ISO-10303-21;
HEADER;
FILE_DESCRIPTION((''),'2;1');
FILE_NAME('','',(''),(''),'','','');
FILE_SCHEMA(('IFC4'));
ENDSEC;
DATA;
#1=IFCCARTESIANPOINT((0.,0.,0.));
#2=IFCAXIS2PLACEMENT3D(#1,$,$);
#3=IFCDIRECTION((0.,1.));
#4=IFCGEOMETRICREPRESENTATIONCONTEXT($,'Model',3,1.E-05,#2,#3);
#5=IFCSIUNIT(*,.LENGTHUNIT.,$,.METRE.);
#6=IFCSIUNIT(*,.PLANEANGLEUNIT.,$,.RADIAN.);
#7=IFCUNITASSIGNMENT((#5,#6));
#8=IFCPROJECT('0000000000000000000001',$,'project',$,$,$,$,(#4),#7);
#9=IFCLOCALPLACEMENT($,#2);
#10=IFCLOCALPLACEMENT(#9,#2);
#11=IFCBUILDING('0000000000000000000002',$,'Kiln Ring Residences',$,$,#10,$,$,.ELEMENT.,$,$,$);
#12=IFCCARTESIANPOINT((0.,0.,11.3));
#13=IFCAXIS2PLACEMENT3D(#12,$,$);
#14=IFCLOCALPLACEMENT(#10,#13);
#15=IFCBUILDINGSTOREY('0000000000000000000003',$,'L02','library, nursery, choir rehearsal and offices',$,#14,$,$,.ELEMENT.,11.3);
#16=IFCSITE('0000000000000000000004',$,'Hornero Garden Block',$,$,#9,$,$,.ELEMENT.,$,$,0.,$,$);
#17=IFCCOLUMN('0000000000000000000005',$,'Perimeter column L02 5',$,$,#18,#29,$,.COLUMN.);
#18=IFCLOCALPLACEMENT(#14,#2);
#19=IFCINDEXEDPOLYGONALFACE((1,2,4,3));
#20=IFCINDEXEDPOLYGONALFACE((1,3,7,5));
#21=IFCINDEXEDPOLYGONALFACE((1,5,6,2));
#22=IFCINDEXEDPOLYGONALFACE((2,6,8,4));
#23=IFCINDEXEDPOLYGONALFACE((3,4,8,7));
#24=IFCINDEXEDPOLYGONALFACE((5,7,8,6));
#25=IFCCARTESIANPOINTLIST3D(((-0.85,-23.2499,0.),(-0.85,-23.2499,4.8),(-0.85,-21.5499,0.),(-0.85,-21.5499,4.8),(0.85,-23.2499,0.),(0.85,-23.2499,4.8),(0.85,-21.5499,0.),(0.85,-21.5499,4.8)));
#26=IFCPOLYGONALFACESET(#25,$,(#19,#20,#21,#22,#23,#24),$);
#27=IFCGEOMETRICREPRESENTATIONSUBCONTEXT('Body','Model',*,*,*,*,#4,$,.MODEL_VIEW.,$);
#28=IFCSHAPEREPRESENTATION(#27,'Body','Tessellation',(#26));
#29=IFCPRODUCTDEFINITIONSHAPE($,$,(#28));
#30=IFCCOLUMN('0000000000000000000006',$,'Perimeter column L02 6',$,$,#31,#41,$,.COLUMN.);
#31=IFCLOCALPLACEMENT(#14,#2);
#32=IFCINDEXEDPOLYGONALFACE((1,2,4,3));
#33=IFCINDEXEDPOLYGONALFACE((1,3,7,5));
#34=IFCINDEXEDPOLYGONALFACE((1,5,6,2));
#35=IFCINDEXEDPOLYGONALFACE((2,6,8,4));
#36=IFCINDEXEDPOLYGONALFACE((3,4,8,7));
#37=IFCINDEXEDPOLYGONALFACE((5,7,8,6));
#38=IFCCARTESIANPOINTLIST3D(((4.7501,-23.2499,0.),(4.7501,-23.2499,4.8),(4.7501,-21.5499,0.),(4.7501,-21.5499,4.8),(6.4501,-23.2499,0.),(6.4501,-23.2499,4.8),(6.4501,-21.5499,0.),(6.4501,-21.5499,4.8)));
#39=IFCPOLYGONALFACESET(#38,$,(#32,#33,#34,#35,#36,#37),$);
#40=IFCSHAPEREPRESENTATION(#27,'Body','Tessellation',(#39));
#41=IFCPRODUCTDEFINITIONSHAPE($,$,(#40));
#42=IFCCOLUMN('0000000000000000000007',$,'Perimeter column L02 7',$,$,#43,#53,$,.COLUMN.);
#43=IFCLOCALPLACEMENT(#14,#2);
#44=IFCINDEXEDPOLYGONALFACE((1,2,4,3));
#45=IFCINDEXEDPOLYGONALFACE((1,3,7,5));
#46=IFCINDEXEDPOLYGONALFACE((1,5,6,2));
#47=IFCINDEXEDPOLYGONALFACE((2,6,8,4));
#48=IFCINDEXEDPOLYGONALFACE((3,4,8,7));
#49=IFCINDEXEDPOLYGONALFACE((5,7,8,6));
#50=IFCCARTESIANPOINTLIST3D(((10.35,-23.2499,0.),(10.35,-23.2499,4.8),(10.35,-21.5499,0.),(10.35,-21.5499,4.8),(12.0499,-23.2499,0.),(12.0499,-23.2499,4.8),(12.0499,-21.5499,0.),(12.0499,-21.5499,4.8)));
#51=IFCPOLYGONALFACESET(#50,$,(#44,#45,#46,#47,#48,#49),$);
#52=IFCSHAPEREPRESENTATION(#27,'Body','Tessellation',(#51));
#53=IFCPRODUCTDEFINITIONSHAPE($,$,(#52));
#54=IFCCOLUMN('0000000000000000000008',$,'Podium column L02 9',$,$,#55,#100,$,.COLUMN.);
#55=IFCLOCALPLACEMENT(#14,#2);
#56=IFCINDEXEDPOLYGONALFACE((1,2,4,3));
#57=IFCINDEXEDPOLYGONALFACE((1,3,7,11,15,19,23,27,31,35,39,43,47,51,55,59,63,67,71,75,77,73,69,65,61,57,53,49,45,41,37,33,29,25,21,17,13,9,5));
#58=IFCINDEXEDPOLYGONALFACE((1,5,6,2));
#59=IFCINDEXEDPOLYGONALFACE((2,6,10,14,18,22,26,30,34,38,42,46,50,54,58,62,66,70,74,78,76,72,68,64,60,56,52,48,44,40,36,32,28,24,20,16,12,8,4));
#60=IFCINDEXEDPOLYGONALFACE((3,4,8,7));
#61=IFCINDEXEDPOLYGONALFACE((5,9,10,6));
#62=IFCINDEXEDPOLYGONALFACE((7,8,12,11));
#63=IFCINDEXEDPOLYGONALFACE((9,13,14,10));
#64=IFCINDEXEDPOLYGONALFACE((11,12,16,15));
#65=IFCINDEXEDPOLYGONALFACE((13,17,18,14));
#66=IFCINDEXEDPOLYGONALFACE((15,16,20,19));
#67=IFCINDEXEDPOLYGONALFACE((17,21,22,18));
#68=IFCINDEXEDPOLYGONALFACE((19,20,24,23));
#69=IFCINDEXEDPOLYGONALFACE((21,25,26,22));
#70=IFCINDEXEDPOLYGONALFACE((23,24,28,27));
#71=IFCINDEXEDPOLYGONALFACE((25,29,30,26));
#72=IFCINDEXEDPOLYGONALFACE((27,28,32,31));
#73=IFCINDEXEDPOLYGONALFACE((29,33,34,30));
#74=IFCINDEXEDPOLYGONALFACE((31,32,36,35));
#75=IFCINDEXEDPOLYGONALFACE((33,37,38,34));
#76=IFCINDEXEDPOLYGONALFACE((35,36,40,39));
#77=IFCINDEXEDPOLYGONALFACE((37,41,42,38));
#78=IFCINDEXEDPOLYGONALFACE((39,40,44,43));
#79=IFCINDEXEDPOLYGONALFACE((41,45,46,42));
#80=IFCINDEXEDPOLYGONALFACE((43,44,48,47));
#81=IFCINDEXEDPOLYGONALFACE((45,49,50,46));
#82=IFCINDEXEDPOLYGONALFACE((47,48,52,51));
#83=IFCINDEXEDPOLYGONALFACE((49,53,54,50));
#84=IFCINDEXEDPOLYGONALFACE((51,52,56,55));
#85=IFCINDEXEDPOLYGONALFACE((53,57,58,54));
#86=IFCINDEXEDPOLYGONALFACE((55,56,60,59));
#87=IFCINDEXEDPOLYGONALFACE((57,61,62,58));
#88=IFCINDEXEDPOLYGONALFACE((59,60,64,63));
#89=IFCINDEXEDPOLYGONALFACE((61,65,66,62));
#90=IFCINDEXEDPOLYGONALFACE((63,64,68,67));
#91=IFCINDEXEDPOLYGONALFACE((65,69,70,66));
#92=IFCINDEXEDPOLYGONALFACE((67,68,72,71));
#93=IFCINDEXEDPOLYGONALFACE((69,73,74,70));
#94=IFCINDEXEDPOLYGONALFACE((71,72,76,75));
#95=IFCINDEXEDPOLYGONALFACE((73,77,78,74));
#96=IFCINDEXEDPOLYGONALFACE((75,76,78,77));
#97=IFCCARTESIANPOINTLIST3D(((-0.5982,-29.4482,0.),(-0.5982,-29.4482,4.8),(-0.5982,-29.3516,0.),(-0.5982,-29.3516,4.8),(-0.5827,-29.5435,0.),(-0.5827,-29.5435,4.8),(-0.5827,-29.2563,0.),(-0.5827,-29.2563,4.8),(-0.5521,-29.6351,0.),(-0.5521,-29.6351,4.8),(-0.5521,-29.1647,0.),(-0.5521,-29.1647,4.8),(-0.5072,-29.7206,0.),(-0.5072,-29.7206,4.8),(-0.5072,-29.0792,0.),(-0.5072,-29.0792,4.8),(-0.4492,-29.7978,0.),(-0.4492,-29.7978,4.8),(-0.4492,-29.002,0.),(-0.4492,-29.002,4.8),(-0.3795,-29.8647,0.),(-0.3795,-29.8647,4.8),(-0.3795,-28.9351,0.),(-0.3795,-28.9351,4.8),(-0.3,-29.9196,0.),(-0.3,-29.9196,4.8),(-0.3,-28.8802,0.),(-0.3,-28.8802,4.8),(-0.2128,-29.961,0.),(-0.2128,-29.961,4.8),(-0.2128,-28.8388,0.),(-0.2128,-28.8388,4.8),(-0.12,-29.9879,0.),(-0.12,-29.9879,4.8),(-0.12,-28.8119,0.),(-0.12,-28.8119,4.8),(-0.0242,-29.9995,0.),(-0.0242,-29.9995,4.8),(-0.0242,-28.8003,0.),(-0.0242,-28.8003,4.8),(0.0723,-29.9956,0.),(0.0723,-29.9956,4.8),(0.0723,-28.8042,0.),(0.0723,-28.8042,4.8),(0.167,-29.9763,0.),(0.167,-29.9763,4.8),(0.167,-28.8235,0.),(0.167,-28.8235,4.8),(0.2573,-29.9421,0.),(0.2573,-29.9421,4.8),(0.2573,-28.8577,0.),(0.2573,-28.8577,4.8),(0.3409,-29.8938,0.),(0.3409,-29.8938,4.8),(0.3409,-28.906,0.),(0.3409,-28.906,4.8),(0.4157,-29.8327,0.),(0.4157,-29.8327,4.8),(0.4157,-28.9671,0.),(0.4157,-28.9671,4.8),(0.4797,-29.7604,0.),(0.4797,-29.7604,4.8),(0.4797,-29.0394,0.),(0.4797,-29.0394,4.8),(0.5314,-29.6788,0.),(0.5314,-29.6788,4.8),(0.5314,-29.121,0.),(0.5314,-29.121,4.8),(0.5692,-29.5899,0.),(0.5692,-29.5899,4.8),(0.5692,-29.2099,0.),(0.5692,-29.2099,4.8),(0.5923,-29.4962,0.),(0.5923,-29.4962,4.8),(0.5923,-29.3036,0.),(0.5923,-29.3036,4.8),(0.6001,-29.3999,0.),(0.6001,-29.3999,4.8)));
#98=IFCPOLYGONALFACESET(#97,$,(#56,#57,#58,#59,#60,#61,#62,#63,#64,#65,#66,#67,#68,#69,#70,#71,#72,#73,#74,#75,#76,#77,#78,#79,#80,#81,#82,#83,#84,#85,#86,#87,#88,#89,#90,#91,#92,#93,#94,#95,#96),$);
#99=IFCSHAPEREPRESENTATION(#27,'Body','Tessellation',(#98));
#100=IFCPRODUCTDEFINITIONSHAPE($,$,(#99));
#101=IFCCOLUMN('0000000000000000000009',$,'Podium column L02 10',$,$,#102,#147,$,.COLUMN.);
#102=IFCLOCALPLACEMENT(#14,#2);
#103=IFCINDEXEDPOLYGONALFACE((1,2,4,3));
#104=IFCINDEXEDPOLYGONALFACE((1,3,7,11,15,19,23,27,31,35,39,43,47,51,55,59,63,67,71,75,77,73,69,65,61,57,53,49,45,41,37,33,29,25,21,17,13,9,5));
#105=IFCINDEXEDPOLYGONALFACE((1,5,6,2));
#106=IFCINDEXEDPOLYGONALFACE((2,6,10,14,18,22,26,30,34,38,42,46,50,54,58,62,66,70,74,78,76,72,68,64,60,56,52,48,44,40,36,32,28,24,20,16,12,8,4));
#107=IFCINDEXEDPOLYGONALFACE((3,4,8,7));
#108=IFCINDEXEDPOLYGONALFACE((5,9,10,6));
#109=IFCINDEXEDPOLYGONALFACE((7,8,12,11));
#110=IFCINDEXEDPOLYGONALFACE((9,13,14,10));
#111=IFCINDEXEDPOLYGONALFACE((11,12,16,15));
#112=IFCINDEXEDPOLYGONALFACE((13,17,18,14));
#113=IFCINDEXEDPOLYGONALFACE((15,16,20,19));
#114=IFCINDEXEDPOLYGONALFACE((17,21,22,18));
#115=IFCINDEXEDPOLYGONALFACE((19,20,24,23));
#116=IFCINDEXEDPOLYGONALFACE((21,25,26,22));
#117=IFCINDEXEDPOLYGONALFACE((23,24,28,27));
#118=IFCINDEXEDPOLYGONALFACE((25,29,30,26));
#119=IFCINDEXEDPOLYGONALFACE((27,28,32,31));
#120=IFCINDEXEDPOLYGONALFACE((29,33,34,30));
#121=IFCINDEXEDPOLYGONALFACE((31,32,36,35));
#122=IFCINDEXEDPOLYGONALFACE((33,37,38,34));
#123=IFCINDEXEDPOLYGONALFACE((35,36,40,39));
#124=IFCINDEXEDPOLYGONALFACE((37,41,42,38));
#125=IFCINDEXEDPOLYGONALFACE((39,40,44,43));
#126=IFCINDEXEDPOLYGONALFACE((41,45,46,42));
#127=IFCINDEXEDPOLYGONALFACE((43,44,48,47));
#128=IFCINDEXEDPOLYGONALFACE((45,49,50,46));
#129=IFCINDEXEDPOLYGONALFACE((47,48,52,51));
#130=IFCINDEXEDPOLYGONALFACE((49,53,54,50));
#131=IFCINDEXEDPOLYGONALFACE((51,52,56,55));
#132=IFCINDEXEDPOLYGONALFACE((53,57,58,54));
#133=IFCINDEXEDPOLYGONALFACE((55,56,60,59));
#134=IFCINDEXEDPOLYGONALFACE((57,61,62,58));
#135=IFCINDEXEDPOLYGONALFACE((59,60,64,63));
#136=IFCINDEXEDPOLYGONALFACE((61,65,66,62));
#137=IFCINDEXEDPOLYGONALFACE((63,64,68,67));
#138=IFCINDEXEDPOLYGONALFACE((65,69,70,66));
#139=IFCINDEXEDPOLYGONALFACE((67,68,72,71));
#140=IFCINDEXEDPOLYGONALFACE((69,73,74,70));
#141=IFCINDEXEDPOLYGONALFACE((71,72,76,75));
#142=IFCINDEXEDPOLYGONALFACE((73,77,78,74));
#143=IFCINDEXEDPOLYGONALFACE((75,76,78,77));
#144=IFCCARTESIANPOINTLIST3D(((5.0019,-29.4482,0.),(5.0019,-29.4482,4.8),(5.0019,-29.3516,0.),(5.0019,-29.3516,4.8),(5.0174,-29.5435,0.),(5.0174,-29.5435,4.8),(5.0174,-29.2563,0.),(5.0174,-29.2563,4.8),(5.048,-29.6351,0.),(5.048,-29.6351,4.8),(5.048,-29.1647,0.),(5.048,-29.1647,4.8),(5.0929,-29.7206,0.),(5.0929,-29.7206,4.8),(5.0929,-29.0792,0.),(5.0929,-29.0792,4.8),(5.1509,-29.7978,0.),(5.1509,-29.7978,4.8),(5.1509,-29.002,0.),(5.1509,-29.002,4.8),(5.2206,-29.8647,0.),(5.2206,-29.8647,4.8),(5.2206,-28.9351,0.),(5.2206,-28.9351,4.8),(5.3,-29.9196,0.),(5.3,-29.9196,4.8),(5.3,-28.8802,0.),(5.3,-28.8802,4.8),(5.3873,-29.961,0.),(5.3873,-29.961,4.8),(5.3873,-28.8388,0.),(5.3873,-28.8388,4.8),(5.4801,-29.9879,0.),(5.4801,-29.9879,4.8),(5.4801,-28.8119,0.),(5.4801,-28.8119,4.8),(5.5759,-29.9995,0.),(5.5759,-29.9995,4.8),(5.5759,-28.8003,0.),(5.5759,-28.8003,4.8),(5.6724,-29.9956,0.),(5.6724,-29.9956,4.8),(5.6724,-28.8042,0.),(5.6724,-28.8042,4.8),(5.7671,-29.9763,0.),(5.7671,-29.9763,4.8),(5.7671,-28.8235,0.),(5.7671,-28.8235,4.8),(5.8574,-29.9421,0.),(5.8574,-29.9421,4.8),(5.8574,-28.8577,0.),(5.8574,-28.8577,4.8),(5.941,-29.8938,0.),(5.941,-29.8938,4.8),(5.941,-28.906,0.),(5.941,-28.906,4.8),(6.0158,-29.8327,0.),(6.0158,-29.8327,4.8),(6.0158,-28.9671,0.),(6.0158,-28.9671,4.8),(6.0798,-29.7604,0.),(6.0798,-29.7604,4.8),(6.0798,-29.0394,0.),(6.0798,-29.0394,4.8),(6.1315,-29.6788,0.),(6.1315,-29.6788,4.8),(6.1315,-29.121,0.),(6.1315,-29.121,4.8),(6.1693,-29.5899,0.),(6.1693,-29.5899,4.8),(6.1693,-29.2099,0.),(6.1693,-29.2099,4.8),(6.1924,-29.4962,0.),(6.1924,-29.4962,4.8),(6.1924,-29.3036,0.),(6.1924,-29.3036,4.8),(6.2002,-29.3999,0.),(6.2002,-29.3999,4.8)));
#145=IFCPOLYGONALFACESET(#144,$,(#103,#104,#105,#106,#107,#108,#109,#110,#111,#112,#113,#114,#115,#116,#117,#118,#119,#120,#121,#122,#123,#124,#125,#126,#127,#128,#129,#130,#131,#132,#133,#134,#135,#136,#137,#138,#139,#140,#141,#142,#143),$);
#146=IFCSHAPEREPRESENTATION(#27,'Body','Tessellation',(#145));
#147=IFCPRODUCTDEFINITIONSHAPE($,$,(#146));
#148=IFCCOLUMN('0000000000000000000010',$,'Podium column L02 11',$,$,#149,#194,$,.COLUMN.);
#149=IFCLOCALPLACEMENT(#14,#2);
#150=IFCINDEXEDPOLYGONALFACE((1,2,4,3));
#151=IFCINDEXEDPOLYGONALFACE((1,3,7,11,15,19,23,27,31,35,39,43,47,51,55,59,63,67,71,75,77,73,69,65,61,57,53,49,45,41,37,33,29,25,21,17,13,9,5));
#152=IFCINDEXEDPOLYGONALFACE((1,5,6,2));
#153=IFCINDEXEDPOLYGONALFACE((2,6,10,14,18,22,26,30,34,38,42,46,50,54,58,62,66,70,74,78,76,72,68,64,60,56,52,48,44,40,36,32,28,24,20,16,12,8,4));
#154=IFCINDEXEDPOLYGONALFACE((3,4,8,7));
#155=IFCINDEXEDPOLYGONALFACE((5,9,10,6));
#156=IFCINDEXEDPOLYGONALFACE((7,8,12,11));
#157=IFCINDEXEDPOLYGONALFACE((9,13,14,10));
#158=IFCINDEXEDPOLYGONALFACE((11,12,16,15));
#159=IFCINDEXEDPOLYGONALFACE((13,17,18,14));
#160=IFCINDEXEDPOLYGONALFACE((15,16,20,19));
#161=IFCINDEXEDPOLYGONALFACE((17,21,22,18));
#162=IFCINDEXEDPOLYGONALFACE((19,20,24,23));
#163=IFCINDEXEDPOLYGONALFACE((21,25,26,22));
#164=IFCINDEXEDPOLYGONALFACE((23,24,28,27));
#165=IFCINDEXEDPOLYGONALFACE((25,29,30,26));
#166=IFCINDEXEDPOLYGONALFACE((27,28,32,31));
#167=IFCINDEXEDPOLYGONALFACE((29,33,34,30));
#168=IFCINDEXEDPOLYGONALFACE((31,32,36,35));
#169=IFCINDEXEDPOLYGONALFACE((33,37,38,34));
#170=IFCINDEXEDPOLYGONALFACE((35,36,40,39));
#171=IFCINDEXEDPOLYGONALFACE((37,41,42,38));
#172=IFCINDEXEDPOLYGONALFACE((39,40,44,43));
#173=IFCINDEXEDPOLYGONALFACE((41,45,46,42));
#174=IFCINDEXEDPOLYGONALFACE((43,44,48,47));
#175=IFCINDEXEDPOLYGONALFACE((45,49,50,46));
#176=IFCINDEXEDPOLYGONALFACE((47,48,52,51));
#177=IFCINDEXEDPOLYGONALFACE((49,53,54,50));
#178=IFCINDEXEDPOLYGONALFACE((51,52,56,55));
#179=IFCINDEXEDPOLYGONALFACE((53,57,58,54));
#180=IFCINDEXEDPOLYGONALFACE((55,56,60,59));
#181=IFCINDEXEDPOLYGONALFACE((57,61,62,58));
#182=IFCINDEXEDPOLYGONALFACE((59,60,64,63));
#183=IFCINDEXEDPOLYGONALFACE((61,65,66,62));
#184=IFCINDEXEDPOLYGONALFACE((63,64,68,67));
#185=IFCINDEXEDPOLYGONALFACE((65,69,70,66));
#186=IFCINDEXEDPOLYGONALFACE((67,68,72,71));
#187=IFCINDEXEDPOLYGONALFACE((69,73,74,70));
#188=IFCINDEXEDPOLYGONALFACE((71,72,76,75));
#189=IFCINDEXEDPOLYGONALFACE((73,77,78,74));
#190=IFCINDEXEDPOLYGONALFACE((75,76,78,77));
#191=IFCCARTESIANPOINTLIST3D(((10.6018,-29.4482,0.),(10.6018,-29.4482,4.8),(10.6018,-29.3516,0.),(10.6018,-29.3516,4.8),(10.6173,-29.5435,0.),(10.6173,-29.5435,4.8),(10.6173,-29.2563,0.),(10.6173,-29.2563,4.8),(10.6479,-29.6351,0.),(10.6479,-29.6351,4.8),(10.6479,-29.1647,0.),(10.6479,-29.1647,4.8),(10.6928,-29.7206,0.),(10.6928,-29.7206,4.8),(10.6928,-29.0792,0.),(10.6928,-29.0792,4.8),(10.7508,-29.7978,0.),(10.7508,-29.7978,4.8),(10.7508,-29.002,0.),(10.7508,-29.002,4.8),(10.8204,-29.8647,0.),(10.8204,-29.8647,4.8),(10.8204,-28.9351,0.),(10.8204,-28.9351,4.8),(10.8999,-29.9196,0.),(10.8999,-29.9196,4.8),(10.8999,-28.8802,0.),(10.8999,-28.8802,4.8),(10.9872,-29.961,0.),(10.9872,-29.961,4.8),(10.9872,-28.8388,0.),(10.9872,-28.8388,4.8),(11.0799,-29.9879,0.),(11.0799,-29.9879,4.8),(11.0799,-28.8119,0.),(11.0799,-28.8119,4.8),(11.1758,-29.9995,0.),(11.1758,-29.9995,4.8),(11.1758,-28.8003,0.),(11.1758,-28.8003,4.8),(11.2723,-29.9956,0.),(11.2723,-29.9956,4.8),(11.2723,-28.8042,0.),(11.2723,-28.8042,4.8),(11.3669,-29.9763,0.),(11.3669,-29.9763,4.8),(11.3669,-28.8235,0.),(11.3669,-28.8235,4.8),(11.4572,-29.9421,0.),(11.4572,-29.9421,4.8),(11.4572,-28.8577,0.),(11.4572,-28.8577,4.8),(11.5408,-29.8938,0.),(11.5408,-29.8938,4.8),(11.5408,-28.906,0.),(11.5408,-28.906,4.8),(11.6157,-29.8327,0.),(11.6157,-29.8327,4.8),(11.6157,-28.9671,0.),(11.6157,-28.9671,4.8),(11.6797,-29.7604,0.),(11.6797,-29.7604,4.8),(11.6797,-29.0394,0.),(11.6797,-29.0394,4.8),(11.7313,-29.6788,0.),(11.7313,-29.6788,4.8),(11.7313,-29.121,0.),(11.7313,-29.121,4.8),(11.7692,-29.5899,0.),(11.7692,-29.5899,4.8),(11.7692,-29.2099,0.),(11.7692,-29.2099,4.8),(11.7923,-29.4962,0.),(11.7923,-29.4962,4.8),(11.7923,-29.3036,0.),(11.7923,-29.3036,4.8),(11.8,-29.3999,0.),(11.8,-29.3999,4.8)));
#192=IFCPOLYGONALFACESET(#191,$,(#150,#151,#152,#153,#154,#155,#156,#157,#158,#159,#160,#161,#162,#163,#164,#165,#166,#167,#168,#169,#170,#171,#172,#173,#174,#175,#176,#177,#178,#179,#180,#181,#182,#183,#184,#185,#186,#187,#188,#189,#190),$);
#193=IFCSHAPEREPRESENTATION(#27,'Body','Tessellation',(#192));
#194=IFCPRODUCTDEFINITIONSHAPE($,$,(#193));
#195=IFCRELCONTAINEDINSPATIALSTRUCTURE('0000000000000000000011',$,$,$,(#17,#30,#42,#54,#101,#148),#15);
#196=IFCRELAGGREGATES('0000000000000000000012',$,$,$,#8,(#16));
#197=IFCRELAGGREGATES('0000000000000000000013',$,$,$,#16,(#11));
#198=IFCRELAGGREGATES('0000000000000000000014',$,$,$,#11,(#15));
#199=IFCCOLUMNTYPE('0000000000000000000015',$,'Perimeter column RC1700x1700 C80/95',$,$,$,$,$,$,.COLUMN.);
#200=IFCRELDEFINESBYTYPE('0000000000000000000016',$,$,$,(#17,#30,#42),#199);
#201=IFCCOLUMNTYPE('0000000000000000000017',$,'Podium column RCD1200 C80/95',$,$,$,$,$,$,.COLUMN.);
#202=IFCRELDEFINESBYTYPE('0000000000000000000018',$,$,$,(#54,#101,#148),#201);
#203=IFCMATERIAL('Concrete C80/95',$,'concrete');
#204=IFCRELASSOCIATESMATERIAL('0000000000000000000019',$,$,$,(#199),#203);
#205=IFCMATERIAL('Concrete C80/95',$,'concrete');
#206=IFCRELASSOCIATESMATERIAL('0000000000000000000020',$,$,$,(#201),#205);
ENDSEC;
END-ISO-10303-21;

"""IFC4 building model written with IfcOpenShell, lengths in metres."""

from ifc_helpers import new_model, si_unit, direction, frame, origin, origin_2d, place, context, subcontext, project, spatial, rectangle, circle, extrude, material, material_profile, profile_set, type_object, element, save


model = new_model("IFC4")

# Units and contexts
model_context = context("Model", 3, precision=1e-05, world=origin(), true_north=direction((0.0, 1.0)))
body_context = subcontext(model_context, "Body", "Model", "MODEL_VIEW")
ifc_project = project(units=[si_unit("LENGTHUNIT", "METRE"), si_unit("PLANEANGLEUNIT", "RADIAN")], contexts=[model_context])

# Site, building, storey
site_placement = place(None, origin())
site = spatial("IfcSite", under=ifc_project, at=site_placement, Name="Hornero Garden Block", CompositionType="ELEMENT", RefElevation=0.0)
building_placement = place(site_placement, origin())
building = spatial("IfcBuilding", under=site, at=building_placement, Name="Kiln Ring Residences", CompositionType="ELEMENT")
storey_placement = place(building_placement, frame((0.0, 0.0, 11.3)))
storey = spatial("IfcBuildingStorey", under=building, at=storey_placement, Name="L02", Description="library, nursery, choir rehearsal and offices", CompositionType="ELEMENT", Elevation=11.3)

# Columns
ifc_material_1 = material(Name="Concrete C80/95", Category="concrete")
ifc_material_profile_1 = material_profile(ifc_material_1, rectangle(XDim=1.7, YDim=1.7, at=origin_2d()), Name="RC1700x1700")
ifc_profile_set_1 = profile_set([ifc_material_profile_1], Name="Concrete C80/95")
column_type_1 = type_object("IfcColumnType", Name="Perimeter column RC1700x1700 C80/95", PredefinedType="COLUMN", material=ifc_profile_set_1)
for number, where, z_axis, x_axis, name in (
    (1, (0.0, -22.3999, 0.0), (0.0, 0.0, 1.0), (1.0, 0.0, 0.0), "Perimeter column L02 5"),
    (2, (5.6001, -22.3999, 0.0), (0.0, 0.0, 1.0), (1.0, 0.0, 0.0), "Perimeter column L02 6"),
    (3, (11.2, -22.3999, 0.0), (0.0, 0.0, 1.0), (1.0, 0.0, 0.0), "Perimeter column L02 7"),
):
    element("IfcColumn", number, at=place(storey_placement, frame(where, z_axis=z_axis, x_axis=x_axis)), inside=storey, type_object=column_type_1, Name=name, PredefinedType="COLUMN", context=body_context, shape_type="SweptSolid", body=[
        extrude(rectangle(XDim=1.7, YDim=1.7, at=origin_2d()), origin(), (0.0, 0.0, 1.0), 4.8),
    ])
ifc_material_2 = material(Name="Concrete C80/95", Category="concrete")
ifc_material_profile_2 = material_profile(ifc_material_2, circle(Radius=0.6001, at=origin_2d()), Name="RCD1200")
ifc_profile_set_2 = profile_set([ifc_material_profile_2], Name="Concrete C80/95")
column_type_2 = type_object("IfcColumnType", Name="Podium column RCD1200 C80/95", PredefinedType="COLUMN", material=ifc_profile_set_2)
for number, where, z_axis, x_axis, name in (
    (4, (0.0, -29.3999, 0.0), (0.0, 0.0, 1.0), (1.0, 0.0, 0.0), "Podium column L02 9"),
    (5, (5.6001, -29.3999, 0.0), (0.0, 0.0, 1.0), (1.0, 0.0, 0.0), "Podium column L02 10"),
    (6, (11.2, -29.3999, 0.0), (0.0, 0.0, 1.0), (1.0, 0.0, 0.0), "Podium column L02 11"),
):
    element("IfcColumn", number, at=place(storey_placement, frame(where, z_axis=z_axis, x_axis=x_axis)), inside=storey, type_object=column_type_2, Name=name, PredefinedType="COLUMN", context=body_context, shape_type="SweptSolid", body=[
        extrude(circle(Radius=0.6001, at=origin_2d()), origin(), (0.0, 0.0, 1.0), 4.8),
    ])

save(model, "model.ifc")
